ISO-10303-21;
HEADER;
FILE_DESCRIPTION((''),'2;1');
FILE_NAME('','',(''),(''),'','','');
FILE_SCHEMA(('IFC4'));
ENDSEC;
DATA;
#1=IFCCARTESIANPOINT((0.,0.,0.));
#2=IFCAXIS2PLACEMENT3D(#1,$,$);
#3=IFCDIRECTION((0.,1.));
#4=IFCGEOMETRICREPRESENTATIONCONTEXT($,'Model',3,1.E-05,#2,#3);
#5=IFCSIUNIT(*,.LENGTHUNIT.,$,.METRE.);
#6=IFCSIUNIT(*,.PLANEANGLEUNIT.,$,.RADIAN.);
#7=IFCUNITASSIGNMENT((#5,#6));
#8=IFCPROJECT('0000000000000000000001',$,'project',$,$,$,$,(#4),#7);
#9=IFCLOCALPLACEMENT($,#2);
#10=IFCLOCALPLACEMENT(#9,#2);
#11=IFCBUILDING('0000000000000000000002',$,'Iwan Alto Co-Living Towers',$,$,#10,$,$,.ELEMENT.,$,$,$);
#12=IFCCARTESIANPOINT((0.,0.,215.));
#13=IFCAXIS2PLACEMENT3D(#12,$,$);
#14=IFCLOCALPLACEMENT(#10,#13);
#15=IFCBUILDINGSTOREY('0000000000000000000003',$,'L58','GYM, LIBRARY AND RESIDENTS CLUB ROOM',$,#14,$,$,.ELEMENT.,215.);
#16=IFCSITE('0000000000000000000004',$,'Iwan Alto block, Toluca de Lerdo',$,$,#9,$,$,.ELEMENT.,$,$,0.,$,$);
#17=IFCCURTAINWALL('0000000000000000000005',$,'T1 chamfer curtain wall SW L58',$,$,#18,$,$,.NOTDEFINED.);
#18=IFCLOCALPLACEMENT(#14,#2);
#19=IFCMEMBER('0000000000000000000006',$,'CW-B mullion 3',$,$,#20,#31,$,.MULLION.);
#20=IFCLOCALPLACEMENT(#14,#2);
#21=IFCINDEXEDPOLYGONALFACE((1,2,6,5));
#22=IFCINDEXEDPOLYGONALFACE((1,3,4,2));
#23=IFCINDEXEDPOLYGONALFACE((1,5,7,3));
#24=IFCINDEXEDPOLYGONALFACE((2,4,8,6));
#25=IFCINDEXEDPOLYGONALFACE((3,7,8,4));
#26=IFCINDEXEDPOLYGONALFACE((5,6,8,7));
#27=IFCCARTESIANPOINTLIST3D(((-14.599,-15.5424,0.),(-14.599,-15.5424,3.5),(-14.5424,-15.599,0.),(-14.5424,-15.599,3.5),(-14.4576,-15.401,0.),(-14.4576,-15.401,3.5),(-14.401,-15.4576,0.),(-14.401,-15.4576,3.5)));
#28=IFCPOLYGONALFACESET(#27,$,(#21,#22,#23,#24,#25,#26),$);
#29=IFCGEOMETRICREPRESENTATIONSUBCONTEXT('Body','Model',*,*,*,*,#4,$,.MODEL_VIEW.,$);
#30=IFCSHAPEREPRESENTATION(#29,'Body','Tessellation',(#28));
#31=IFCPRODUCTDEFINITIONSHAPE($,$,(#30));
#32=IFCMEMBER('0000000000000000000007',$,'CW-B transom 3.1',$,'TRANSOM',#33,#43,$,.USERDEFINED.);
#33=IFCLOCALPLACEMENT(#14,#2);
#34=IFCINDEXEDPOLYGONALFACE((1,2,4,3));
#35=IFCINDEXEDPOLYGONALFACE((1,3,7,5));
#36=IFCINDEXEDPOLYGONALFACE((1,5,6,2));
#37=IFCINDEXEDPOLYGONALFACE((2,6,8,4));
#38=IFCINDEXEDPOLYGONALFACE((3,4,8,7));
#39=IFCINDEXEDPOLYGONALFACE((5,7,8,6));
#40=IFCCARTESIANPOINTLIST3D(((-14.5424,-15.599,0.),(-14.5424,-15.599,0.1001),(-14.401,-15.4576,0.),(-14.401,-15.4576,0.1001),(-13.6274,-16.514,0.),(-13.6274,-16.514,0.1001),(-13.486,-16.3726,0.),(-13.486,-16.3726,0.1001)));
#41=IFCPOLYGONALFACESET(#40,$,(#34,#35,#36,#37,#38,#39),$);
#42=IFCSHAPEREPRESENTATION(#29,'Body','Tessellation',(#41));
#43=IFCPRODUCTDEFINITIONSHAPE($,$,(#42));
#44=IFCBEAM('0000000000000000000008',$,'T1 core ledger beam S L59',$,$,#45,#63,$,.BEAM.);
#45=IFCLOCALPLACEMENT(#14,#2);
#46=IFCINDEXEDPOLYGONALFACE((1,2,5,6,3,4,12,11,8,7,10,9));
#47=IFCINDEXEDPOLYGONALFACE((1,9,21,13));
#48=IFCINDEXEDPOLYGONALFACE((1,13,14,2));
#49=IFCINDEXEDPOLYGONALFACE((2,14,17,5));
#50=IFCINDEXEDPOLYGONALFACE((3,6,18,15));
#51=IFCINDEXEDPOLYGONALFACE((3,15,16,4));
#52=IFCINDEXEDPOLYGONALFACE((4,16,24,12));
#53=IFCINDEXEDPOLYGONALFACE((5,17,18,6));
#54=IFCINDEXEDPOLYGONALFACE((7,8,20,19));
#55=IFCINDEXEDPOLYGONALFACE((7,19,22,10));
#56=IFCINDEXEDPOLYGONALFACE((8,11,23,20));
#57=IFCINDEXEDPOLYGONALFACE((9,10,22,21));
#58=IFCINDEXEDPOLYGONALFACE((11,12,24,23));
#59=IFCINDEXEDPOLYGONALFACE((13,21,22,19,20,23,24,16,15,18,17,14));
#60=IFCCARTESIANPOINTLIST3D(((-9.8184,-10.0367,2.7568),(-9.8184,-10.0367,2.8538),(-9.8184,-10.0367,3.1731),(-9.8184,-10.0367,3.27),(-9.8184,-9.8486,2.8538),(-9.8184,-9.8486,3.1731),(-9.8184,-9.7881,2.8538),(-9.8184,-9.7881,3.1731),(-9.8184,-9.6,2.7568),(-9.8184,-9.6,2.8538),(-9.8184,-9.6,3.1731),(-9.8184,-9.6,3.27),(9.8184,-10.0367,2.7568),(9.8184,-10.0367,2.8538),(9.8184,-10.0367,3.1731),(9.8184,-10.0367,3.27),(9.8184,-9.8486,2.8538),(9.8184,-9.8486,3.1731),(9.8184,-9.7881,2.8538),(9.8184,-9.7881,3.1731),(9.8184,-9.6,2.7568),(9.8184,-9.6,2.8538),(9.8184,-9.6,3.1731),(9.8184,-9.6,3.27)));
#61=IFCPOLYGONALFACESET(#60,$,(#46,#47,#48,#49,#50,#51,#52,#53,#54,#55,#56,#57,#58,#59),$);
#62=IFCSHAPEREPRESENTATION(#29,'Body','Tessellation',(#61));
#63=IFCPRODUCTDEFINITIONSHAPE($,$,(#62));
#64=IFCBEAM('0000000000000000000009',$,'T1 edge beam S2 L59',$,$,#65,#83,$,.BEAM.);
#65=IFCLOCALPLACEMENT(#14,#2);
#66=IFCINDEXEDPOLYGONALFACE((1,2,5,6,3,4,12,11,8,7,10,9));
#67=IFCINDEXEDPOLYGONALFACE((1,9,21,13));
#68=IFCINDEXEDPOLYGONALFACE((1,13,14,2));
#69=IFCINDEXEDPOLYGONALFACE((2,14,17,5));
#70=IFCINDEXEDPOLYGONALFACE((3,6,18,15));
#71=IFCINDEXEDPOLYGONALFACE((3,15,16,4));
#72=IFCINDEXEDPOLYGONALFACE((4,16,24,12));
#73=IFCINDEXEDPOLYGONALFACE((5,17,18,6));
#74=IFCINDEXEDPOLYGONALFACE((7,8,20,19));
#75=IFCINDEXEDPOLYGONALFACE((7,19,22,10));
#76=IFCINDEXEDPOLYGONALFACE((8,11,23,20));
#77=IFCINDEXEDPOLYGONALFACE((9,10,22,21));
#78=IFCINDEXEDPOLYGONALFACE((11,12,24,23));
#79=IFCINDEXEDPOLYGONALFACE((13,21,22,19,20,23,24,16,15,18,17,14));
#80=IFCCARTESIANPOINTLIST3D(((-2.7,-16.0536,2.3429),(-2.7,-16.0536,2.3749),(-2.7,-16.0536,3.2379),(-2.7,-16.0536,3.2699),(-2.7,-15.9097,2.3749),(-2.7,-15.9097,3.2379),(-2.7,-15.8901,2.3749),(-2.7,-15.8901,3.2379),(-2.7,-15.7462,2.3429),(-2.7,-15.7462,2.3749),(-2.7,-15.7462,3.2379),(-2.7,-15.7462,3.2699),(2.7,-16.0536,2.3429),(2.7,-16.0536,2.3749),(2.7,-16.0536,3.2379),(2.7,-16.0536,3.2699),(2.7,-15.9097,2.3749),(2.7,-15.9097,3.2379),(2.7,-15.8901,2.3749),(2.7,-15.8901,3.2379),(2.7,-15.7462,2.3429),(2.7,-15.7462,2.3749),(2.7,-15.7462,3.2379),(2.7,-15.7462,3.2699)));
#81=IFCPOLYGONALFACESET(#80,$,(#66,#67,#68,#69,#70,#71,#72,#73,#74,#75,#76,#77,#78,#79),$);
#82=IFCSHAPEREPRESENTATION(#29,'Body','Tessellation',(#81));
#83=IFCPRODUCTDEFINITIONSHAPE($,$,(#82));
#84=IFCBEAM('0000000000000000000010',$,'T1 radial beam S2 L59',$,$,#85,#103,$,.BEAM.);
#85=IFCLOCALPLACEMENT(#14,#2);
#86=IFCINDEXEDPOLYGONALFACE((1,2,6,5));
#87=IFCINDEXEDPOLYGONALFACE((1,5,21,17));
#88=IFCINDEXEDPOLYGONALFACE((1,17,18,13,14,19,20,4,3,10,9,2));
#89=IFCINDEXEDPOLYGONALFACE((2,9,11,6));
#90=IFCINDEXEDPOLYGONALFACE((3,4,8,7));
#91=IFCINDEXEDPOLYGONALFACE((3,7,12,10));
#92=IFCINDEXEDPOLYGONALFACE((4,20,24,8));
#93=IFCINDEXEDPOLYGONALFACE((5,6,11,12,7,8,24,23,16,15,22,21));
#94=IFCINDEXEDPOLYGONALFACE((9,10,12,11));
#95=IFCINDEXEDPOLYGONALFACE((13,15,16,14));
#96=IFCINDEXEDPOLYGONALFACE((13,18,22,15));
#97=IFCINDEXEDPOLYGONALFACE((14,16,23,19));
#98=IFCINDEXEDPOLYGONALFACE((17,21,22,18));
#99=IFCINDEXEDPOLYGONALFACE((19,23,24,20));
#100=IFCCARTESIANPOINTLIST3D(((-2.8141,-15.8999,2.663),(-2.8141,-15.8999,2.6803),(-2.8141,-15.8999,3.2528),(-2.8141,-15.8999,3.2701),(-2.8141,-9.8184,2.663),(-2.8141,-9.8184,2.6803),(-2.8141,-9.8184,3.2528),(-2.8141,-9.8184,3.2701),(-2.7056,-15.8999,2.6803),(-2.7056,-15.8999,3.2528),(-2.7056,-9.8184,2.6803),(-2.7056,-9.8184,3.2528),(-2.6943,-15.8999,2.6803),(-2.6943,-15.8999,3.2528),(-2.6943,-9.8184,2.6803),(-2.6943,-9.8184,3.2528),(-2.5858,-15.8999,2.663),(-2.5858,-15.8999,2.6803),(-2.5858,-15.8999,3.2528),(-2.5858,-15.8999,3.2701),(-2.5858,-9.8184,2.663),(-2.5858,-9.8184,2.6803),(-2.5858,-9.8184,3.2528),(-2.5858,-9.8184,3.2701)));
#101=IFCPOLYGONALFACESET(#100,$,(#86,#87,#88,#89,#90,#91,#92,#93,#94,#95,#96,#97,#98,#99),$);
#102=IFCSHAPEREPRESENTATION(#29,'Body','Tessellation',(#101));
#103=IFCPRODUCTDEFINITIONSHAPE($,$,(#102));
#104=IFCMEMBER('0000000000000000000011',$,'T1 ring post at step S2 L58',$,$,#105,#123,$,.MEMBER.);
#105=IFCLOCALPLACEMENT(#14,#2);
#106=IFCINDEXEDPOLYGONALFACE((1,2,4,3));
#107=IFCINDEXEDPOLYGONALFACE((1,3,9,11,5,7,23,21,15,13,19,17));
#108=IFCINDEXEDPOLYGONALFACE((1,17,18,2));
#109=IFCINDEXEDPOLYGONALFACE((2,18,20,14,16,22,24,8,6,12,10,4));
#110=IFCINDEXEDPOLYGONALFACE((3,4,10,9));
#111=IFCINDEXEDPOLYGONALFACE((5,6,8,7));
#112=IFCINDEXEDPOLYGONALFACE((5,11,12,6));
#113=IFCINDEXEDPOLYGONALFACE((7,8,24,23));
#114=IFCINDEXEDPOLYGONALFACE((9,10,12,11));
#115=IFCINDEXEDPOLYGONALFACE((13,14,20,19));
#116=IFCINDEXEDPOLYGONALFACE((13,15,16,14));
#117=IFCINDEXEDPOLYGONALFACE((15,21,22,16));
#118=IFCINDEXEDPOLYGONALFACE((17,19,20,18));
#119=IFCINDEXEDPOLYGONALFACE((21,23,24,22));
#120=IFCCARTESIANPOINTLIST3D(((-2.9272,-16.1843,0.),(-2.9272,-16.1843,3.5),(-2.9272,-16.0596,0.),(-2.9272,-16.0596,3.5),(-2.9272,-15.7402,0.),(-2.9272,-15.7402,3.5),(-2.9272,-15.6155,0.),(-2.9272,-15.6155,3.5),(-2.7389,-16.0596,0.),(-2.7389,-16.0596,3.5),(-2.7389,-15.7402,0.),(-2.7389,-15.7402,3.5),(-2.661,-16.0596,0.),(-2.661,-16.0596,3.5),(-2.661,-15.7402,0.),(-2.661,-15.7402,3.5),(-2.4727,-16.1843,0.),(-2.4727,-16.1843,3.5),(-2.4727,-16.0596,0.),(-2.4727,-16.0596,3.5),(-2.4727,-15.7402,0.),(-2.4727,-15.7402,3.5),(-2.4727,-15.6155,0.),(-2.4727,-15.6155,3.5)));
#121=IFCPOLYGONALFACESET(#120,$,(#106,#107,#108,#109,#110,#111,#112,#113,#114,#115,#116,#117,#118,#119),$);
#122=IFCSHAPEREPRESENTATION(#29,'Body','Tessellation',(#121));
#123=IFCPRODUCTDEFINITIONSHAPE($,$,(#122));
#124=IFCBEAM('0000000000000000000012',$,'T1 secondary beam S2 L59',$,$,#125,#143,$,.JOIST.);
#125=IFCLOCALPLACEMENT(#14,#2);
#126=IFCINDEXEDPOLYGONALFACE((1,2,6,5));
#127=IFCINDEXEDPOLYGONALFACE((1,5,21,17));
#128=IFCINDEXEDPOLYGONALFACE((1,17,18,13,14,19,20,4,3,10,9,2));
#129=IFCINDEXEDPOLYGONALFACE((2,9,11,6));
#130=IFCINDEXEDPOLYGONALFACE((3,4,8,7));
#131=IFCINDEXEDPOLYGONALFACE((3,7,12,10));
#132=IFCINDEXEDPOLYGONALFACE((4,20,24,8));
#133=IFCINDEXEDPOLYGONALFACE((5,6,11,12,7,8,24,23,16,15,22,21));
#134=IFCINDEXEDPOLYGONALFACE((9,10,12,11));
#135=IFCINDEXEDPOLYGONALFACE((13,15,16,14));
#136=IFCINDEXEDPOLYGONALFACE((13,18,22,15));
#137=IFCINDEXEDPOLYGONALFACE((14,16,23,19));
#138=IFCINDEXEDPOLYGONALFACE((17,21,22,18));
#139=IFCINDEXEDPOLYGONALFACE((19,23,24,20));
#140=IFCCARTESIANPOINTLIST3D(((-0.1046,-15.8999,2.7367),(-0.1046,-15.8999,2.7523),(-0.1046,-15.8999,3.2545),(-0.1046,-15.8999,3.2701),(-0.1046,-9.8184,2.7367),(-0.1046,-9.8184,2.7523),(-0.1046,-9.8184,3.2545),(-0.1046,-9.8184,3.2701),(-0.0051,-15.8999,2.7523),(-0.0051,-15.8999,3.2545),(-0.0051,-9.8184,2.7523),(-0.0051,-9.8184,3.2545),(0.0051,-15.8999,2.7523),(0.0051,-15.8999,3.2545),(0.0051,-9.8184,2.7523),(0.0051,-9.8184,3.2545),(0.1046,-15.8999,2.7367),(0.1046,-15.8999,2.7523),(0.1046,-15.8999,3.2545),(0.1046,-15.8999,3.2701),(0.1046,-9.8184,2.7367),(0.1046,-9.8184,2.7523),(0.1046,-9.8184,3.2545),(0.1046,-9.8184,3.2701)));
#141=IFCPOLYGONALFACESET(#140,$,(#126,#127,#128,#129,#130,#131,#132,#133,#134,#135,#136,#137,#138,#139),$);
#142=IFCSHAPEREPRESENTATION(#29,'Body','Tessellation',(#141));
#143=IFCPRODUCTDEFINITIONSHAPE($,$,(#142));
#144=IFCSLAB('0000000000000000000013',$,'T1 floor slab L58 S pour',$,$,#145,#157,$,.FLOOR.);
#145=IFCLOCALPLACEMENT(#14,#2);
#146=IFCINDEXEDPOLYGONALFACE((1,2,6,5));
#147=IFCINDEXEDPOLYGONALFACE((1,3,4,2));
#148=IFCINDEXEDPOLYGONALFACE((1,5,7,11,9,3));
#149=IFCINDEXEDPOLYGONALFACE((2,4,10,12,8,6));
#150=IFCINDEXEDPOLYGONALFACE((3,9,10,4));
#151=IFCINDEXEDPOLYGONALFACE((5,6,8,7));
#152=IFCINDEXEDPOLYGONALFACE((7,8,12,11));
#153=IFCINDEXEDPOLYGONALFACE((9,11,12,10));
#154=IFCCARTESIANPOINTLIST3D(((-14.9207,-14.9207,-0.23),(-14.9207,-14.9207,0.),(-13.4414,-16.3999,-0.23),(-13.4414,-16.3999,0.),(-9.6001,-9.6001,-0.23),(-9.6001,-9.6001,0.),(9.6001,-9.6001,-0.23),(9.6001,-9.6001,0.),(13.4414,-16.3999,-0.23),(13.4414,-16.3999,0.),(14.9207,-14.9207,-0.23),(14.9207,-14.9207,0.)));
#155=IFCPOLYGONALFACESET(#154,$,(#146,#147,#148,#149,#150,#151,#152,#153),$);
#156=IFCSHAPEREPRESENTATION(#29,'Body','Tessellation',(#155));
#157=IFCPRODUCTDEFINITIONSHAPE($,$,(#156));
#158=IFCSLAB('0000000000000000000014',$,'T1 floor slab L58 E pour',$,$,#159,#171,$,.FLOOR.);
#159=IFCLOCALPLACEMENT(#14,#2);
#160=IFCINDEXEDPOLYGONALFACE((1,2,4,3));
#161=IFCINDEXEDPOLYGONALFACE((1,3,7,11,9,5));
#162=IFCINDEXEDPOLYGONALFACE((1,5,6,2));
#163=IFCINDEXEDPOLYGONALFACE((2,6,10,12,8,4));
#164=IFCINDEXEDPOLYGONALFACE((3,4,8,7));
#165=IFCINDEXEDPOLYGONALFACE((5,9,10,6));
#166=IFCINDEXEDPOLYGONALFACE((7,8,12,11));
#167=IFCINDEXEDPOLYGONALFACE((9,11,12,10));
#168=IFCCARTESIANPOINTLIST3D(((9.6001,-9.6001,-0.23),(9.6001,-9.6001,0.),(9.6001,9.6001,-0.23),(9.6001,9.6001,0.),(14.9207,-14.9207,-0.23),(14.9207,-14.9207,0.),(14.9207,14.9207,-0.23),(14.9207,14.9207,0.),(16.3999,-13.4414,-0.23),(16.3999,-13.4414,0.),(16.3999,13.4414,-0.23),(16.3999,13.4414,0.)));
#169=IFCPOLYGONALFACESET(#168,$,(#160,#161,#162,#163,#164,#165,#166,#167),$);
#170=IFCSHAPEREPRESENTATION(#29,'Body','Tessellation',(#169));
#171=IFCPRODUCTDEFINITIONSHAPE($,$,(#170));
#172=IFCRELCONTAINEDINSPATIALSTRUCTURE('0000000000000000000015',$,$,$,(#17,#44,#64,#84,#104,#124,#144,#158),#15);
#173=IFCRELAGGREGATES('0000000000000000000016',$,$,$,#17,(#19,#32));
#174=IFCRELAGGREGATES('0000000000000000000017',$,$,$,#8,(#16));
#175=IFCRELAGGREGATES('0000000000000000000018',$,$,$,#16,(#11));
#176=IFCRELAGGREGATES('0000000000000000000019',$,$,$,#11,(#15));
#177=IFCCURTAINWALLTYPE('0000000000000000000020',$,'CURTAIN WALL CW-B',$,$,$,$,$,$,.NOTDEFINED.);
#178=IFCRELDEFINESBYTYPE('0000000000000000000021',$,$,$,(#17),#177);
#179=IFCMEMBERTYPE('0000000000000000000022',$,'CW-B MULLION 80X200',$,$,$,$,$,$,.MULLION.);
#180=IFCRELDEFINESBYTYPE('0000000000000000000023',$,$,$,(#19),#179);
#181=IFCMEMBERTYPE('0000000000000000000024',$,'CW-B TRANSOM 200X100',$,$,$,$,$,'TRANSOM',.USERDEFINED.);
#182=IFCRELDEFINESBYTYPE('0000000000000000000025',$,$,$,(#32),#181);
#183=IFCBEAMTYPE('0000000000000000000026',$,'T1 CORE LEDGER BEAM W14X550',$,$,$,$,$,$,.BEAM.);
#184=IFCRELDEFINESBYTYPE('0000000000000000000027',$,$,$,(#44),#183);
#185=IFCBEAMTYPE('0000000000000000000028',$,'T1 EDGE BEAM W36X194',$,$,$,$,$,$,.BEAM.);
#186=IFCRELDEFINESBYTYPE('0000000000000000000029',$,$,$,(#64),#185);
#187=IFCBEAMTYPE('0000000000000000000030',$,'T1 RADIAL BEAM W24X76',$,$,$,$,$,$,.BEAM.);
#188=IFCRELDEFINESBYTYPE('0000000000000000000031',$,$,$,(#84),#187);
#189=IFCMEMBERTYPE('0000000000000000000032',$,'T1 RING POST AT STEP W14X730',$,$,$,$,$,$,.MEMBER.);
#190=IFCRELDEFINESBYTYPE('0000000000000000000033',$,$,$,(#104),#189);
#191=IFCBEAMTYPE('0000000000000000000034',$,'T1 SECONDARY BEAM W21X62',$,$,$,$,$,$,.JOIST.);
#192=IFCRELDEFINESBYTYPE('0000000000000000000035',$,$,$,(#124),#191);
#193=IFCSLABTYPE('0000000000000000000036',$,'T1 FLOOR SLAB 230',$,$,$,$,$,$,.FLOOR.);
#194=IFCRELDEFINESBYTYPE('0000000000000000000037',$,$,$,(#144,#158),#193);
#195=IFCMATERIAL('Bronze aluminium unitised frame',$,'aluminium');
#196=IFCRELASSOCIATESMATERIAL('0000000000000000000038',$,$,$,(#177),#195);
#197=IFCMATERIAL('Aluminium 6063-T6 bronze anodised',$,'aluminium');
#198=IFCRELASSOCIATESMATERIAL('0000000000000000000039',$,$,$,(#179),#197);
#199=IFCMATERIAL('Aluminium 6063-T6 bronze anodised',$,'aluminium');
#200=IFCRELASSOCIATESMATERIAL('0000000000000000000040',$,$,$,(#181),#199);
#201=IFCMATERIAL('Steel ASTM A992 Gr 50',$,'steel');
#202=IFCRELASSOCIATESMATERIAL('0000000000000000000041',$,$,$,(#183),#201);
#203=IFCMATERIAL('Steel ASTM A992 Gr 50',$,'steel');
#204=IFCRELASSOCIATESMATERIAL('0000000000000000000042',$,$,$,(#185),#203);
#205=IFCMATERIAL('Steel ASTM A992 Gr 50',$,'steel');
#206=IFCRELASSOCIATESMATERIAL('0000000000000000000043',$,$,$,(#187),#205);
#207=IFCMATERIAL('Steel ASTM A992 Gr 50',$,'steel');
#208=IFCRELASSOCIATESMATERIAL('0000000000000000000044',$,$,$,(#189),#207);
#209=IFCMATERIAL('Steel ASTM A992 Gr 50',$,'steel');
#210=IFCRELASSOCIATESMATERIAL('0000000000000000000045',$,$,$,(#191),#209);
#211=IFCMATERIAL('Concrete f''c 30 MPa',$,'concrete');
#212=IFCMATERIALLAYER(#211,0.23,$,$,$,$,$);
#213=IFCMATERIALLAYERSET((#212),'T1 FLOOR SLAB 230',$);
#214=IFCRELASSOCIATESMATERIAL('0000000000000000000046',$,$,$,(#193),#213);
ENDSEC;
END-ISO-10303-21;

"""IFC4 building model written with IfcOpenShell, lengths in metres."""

from ifc_helpers import new_model, si_unit, direction, frame, origin, origin_2d, place, context, subcontext, project, spatial, polyline, rectangle, i_section, outline, extrude, material, layer, layer_set, material_profile, profile_set, type_object, element, aggregate, save


model = new_model("IFC4")

# Units and contexts
model_context = context("Model", 3, precision=1e-05, world=origin(), true_north=direction((0.0, 1.0)))
body_context = subcontext(model_context, "Body", "Model", "MODEL_VIEW")
ifc_project = project(units=[si_unit("LENGTHUNIT", "METRE"), si_unit("PLANEANGLEUNIT", "RADIAN")], contexts=[model_context])

# Site, building, storey
site_placement = place(None, origin())
site = spatial("IfcSite", under=ifc_project, at=site_placement, Name="Iwan Alto block, Toluca de Lerdo", CompositionType="ELEMENT", RefElevation=0.0)
building_placement = place(site_placement, origin())
building = spatial("IfcBuilding", under=site, at=building_placement, Name="Iwan Alto Co-Living Towers", CompositionType="ELEMENT")
storey_placement = place(building_placement, frame((0.0, 0.0, 215.0)))
storey = spatial("IfcBuildingStorey", under=building, at=storey_placement, Name="L58", Description="GYM, LIBRARY AND RESIDENTS CLUB ROOM", CompositionType="ELEMENT", Elevation=215.0)

# Curtain wall, members
ifc_material_1 = material(Name="Bronze aluminium unitised frame", Category="aluminium")
curtain_wall_type = type_object("IfcCurtainWallType", Name="CURTAIN WALL CW-B", PredefinedType="NOTDEFINED", material=ifc_material_1)
curtain_wall_placement = place(storey_placement, origin())
curtain_wall = element("IfcCurtainWall", 1, at=curtain_wall_placement, inside=storey, type_object=curtain_wall_type, Name="T1 chamfer curtain wall SW L58", PredefinedType="NOTDEFINED")
ifc_material_2 = material(Name="Aluminium 6063-T6 bronze anodised", Category="aluminium")
ifc_material_profile_1 = material_profile(ifc_material_2, rectangle(XDim=0.2, YDim=0.0801, at=origin_2d()), Name="AL 80X200")
ifc_profile_set_1 = profile_set([ifc_material_profile_1], Name="Aluminium 6063-T6 bronze anodised")
member_type_1 = type_object("IfcMemberType", Name="CW-B MULLION 80X200", PredefinedType="MULLION", material=ifc_profile_set_1)
member_1_placement = place(storey_placement, frame((-14.5, -15.5, 0.0), z_axis=(0.0, 0.0, 1.0), x_axis=(0.707107, 0.707107, 0.0)))
member_1 = element("IfcMember", 2, at=member_1_placement, type_object=member_type_1, Name="CW-B mullion 3", PredefinedType="MULLION", context=body_context, shape_type="SweptSolid", body=[
    extrude(rectangle(XDim=0.2, YDim=0.0801, at=origin_2d()), origin(), (0.0, 0.0, 1.0), 3.5),
])
ifc_material_3 = material(Name="Aluminium 6063-T6 bronze anodised", Category="aluminium")
ifc_material_profile_2 = material_profile(ifc_material_3, rectangle(XDim=0.2, YDim=0.1001, at=origin_2d()), Name="AL 200X100")
ifc_profile_set_2 = profile_set([ifc_material_profile_2], Name="Aluminium 6063-T6 bronze anodised")
member_type_2 = type_object("IfcMemberType", Name="CW-B TRANSOM 200X100", ElementType="TRANSOM", PredefinedType="USERDEFINED", material=ifc_profile_set_2)
member_2_placement = place(storey_placement, frame((-14.4717, -15.5283, 0.05), z_axis=(0.707107, -0.707107, 0.0), x_axis=(0.707107, 0.707107, 0.0)))
member_2 = element("IfcMember", 3, at=member_2_placement, type_object=member_type_2, Name="CW-B transom 3.1", ObjectType="TRANSOM", PredefinedType="USERDEFINED", context=body_context, shape_type="SweptSolid", body=[
    extrude(rectangle(XDim=0.2, YDim=0.1001, at=origin_2d()), origin(), (0.0, 0.0, 1.0), 1.2939),
])
aggregate(curtain_wall, [member_1, member_2])

# Beams
ifc_material_4 = material(Name="Steel ASTM A992 Gr 50", Category="steel")
ifc_material_profile_3 = material_profile(ifc_material_4, i_section(OverallWidth=0.4368, OverallDepth=0.5132, WebThickness=0.0605, FlangeThickness=0.0969, at=origin_2d()), Name="W14X550")
ifc_profile_set_3 = profile_set([ifc_material_profile_3], Name="Steel ASTM A992 Gr 50")
beam_type_1 = type_object("IfcBeamType", Name="T1 CORE LEDGER BEAM W14X550", PredefinedType="BEAM", material=ifc_profile_set_3)
beam_1_placement = place(storey_placement, frame((-9.8184, -9.8184, 3.0134), z_axis=(1.0, 0.0, 0.0), x_axis=(0.0, 1.0, 0.0)))
element("IfcBeam", 4, at=beam_1_placement, inside=storey, type_object=beam_type_1, Name="T1 core ledger beam S L59", PredefinedType="BEAM", context=body_context, shape_type="SweptSolid", body=[
    extrude(i_section(OverallWidth=0.4368, OverallDepth=0.5132, WebThickness=0.0605, FlangeThickness=0.0969, at=origin_2d()), origin(), (0.0, 0.0, 1.0), 19.6367),
])
ifc_material_5 = material(Name="Steel ASTM A992 Gr 50", Category="steel")
ifc_material_profile_4 = material_profile(ifc_material_5, i_section(OverallWidth=0.3074, OverallDepth=0.927, WebThickness=0.0195, FlangeThickness=0.032, at=origin_2d()), Name="W36X194")
ifc_profile_set_4 = profile_set([ifc_material_profile_4], Name="Steel ASTM A992 Gr 50")
beam_type_2 = type_object("IfcBeamType", Name="T1 EDGE BEAM W36X194", PredefinedType="BEAM", material=ifc_profile_set_4)
beam_2_placement = place(storey_placement, frame((-2.7, -15.8999, 2.8064), z_axis=(1.0, 0.0, 0.0), x_axis=(0.0, 1.0, 0.0)))
element("IfcBeam", 5, at=beam_2_placement, inside=storey, type_object=beam_type_2, Name="T1 edge beam S2 L59", PredefinedType="BEAM", context=body_context, shape_type="SweptSolid", body=[
    extrude(i_section(OverallWidth=0.3074, OverallDepth=0.927, WebThickness=0.0195, FlangeThickness=0.032, at=origin_2d()), origin(), (0.0, 0.0, 1.0), 5.3999),
])
ifc_material_6 = material(Name="Steel ASTM A992 Gr 50", Category="steel")
ifc_material_profile_5 = material_profile(ifc_material_6, i_section(OverallWidth=0.2283, OverallDepth=0.6072, WebThickness=0.0112, FlangeThickness=0.0173, at=origin_2d()), Name="W24X76")
ifc_profile_set_5 = profile_set([ifc_material_profile_5], Name="Steel ASTM A992 Gr 50")
beam_type_3 = type_object("IfcBeamType", Name="T1 RADIAL BEAM W24X76", PredefinedType="BEAM", material=ifc_profile_set_5)
beam_3_placement = place(storey_placement, frame((-2.7, -15.8999, 2.9666), z_axis=(0.0, 1.0, 0.0), x_axis=(-1.0, 0.0, 0.0)))
element("IfcBeam", 6, at=beam_3_placement, inside=storey, type_object=beam_type_3, Name="T1 radial beam S2 L59", PredefinedType="BEAM", context=body_context, shape_type="SweptSolid", body=[
    extrude(i_section(OverallWidth=0.2283, OverallDepth=0.6072, WebThickness=0.0112, FlangeThickness=0.0173, at=origin_2d()), origin(), (0.0, 0.0, 1.0), 6.0815),
])

# Member
ifc_material_7 = material(Name="Steel ASTM A992 Gr 50", Category="steel")
ifc_material_profile_6 = material_profile(ifc_material_7, i_section(OverallWidth=0.4546, OverallDepth=0.5688, WebThickness=0.0779, FlangeThickness=0.1248, at=origin_2d()), Name="W14X730")
ifc_profile_set_6 = profile_set([ifc_material_profile_6], Name="Steel ASTM A992 Gr 50")
member_type_3 = type_object("IfcMemberType", Name="T1 RING POST AT STEP W14X730", PredefinedType="MEMBER", material=ifc_profile_set_6)
member_3_placement = place(storey_placement, frame((-2.7, -15.8999, 0.0), z_axis=(0.0, 0.0, 1.0), x_axis=(1.0, 0.0, 0.0)))
element("IfcMember", 7, at=member_3_placement, inside=storey, type_object=member_type_3, Name="T1 ring post at step S2 L58", PredefinedType="MEMBER", context=body_context, shape_type="SweptSolid", body=[
    extrude(i_section(OverallWidth=0.4546, OverallDepth=0.5688, WebThickness=0.0779, FlangeThickness=0.1248, at=origin_2d()), origin(), (0.0, 0.0, 1.0), 3.5),
])

# Beam
ifc_material_8 = material(Name="Steel ASTM A992 Gr 50", Category="steel")
ifc_material_profile_7 = material_profile(ifc_material_8, i_section(OverallWidth=0.2092, OverallDepth=0.5334, WebThickness=0.0103, FlangeThickness=0.0156, at=origin_2d()), Name="W21X62")
ifc_profile_set_7 = profile_set([ifc_material_profile_7], Name="Steel ASTM A992 Gr 50")
beam_type_4 = type_object("IfcBeamType", Name="T1 SECONDARY BEAM W21X62", PredefinedType="JOIST", material=ifc_profile_set_7)
beam_4_placement = place(storey_placement, frame((0.0, -15.8999, 3.0034), z_axis=(0.0, 1.0, 0.0), x_axis=(-1.0, 0.0, 0.0)))
element("IfcBeam", 8, at=beam_4_placement, inside=storey, type_object=beam_type_4, Name="T1 secondary beam S2 L59", PredefinedType="JOIST", context=body_context, shape_type="SweptSolid", body=[
    extrude(i_section(OverallWidth=0.2092, OverallDepth=0.5334, WebThickness=0.0103, FlangeThickness=0.0156, at=origin_2d()), origin(), (0.0, 0.0, 1.0), 6.0815),
])

# Slabs
ifc_material_9 = material(Name="Concrete f'c 30 MPa", Category="concrete")
ifc_layer_1 = layer(ifc_material_9, 0.23)
ifc_layer_set_1 = layer_set([ifc_layer_1], Name="T1 FLOOR SLAB 230")
slab_type = type_object("IfcSlabType", Name="T1 FLOOR SLAB 230", PredefinedType="FLOOR", material=ifc_layer_set_1)
slab_1_placement = place(storey_placement, frame((0.0, 0.0, -0.23)))
element("IfcSlab", 9, at=slab_1_placement, inside=storey, type_object=slab_type, Name="T1 floor slab L58 S pour", PredefinedType="FLOOR", context=body_context, shape_type="SweptSolid", body=[
    extrude(outline(polyline([(13.4414, -16.3999), (-13.4414, -16.3999), (-14.9207, -14.9207), (-9.6001, -9.6001), (9.6001, -9.6001), (14.9207, -14.9207), (13.4414, -16.3999)])), origin(), (0.0, 0.0, 1.0), 0.23),
])
slab_2_placement = place(storey_placement, frame((0.0, 0.0, -0.23)))
element("IfcSlab", 10, at=slab_2_placement, inside=storey, type_object=slab_type, Name="T1 floor slab L58 E pour", PredefinedType="FLOOR", context=body_context, shape_type="SweptSolid", body=[
    extrude(outline(polyline([(16.3999, 13.4414), (16.3999, -13.4414), (14.9207, -14.9207), (9.6001, -9.6001), (9.6001, 9.6001), (14.9207, 14.9207), (16.3999, 13.4414)])), origin(), (0.0, 0.0, 1.0), 0.23),
])

save(model, "model.ifc")
